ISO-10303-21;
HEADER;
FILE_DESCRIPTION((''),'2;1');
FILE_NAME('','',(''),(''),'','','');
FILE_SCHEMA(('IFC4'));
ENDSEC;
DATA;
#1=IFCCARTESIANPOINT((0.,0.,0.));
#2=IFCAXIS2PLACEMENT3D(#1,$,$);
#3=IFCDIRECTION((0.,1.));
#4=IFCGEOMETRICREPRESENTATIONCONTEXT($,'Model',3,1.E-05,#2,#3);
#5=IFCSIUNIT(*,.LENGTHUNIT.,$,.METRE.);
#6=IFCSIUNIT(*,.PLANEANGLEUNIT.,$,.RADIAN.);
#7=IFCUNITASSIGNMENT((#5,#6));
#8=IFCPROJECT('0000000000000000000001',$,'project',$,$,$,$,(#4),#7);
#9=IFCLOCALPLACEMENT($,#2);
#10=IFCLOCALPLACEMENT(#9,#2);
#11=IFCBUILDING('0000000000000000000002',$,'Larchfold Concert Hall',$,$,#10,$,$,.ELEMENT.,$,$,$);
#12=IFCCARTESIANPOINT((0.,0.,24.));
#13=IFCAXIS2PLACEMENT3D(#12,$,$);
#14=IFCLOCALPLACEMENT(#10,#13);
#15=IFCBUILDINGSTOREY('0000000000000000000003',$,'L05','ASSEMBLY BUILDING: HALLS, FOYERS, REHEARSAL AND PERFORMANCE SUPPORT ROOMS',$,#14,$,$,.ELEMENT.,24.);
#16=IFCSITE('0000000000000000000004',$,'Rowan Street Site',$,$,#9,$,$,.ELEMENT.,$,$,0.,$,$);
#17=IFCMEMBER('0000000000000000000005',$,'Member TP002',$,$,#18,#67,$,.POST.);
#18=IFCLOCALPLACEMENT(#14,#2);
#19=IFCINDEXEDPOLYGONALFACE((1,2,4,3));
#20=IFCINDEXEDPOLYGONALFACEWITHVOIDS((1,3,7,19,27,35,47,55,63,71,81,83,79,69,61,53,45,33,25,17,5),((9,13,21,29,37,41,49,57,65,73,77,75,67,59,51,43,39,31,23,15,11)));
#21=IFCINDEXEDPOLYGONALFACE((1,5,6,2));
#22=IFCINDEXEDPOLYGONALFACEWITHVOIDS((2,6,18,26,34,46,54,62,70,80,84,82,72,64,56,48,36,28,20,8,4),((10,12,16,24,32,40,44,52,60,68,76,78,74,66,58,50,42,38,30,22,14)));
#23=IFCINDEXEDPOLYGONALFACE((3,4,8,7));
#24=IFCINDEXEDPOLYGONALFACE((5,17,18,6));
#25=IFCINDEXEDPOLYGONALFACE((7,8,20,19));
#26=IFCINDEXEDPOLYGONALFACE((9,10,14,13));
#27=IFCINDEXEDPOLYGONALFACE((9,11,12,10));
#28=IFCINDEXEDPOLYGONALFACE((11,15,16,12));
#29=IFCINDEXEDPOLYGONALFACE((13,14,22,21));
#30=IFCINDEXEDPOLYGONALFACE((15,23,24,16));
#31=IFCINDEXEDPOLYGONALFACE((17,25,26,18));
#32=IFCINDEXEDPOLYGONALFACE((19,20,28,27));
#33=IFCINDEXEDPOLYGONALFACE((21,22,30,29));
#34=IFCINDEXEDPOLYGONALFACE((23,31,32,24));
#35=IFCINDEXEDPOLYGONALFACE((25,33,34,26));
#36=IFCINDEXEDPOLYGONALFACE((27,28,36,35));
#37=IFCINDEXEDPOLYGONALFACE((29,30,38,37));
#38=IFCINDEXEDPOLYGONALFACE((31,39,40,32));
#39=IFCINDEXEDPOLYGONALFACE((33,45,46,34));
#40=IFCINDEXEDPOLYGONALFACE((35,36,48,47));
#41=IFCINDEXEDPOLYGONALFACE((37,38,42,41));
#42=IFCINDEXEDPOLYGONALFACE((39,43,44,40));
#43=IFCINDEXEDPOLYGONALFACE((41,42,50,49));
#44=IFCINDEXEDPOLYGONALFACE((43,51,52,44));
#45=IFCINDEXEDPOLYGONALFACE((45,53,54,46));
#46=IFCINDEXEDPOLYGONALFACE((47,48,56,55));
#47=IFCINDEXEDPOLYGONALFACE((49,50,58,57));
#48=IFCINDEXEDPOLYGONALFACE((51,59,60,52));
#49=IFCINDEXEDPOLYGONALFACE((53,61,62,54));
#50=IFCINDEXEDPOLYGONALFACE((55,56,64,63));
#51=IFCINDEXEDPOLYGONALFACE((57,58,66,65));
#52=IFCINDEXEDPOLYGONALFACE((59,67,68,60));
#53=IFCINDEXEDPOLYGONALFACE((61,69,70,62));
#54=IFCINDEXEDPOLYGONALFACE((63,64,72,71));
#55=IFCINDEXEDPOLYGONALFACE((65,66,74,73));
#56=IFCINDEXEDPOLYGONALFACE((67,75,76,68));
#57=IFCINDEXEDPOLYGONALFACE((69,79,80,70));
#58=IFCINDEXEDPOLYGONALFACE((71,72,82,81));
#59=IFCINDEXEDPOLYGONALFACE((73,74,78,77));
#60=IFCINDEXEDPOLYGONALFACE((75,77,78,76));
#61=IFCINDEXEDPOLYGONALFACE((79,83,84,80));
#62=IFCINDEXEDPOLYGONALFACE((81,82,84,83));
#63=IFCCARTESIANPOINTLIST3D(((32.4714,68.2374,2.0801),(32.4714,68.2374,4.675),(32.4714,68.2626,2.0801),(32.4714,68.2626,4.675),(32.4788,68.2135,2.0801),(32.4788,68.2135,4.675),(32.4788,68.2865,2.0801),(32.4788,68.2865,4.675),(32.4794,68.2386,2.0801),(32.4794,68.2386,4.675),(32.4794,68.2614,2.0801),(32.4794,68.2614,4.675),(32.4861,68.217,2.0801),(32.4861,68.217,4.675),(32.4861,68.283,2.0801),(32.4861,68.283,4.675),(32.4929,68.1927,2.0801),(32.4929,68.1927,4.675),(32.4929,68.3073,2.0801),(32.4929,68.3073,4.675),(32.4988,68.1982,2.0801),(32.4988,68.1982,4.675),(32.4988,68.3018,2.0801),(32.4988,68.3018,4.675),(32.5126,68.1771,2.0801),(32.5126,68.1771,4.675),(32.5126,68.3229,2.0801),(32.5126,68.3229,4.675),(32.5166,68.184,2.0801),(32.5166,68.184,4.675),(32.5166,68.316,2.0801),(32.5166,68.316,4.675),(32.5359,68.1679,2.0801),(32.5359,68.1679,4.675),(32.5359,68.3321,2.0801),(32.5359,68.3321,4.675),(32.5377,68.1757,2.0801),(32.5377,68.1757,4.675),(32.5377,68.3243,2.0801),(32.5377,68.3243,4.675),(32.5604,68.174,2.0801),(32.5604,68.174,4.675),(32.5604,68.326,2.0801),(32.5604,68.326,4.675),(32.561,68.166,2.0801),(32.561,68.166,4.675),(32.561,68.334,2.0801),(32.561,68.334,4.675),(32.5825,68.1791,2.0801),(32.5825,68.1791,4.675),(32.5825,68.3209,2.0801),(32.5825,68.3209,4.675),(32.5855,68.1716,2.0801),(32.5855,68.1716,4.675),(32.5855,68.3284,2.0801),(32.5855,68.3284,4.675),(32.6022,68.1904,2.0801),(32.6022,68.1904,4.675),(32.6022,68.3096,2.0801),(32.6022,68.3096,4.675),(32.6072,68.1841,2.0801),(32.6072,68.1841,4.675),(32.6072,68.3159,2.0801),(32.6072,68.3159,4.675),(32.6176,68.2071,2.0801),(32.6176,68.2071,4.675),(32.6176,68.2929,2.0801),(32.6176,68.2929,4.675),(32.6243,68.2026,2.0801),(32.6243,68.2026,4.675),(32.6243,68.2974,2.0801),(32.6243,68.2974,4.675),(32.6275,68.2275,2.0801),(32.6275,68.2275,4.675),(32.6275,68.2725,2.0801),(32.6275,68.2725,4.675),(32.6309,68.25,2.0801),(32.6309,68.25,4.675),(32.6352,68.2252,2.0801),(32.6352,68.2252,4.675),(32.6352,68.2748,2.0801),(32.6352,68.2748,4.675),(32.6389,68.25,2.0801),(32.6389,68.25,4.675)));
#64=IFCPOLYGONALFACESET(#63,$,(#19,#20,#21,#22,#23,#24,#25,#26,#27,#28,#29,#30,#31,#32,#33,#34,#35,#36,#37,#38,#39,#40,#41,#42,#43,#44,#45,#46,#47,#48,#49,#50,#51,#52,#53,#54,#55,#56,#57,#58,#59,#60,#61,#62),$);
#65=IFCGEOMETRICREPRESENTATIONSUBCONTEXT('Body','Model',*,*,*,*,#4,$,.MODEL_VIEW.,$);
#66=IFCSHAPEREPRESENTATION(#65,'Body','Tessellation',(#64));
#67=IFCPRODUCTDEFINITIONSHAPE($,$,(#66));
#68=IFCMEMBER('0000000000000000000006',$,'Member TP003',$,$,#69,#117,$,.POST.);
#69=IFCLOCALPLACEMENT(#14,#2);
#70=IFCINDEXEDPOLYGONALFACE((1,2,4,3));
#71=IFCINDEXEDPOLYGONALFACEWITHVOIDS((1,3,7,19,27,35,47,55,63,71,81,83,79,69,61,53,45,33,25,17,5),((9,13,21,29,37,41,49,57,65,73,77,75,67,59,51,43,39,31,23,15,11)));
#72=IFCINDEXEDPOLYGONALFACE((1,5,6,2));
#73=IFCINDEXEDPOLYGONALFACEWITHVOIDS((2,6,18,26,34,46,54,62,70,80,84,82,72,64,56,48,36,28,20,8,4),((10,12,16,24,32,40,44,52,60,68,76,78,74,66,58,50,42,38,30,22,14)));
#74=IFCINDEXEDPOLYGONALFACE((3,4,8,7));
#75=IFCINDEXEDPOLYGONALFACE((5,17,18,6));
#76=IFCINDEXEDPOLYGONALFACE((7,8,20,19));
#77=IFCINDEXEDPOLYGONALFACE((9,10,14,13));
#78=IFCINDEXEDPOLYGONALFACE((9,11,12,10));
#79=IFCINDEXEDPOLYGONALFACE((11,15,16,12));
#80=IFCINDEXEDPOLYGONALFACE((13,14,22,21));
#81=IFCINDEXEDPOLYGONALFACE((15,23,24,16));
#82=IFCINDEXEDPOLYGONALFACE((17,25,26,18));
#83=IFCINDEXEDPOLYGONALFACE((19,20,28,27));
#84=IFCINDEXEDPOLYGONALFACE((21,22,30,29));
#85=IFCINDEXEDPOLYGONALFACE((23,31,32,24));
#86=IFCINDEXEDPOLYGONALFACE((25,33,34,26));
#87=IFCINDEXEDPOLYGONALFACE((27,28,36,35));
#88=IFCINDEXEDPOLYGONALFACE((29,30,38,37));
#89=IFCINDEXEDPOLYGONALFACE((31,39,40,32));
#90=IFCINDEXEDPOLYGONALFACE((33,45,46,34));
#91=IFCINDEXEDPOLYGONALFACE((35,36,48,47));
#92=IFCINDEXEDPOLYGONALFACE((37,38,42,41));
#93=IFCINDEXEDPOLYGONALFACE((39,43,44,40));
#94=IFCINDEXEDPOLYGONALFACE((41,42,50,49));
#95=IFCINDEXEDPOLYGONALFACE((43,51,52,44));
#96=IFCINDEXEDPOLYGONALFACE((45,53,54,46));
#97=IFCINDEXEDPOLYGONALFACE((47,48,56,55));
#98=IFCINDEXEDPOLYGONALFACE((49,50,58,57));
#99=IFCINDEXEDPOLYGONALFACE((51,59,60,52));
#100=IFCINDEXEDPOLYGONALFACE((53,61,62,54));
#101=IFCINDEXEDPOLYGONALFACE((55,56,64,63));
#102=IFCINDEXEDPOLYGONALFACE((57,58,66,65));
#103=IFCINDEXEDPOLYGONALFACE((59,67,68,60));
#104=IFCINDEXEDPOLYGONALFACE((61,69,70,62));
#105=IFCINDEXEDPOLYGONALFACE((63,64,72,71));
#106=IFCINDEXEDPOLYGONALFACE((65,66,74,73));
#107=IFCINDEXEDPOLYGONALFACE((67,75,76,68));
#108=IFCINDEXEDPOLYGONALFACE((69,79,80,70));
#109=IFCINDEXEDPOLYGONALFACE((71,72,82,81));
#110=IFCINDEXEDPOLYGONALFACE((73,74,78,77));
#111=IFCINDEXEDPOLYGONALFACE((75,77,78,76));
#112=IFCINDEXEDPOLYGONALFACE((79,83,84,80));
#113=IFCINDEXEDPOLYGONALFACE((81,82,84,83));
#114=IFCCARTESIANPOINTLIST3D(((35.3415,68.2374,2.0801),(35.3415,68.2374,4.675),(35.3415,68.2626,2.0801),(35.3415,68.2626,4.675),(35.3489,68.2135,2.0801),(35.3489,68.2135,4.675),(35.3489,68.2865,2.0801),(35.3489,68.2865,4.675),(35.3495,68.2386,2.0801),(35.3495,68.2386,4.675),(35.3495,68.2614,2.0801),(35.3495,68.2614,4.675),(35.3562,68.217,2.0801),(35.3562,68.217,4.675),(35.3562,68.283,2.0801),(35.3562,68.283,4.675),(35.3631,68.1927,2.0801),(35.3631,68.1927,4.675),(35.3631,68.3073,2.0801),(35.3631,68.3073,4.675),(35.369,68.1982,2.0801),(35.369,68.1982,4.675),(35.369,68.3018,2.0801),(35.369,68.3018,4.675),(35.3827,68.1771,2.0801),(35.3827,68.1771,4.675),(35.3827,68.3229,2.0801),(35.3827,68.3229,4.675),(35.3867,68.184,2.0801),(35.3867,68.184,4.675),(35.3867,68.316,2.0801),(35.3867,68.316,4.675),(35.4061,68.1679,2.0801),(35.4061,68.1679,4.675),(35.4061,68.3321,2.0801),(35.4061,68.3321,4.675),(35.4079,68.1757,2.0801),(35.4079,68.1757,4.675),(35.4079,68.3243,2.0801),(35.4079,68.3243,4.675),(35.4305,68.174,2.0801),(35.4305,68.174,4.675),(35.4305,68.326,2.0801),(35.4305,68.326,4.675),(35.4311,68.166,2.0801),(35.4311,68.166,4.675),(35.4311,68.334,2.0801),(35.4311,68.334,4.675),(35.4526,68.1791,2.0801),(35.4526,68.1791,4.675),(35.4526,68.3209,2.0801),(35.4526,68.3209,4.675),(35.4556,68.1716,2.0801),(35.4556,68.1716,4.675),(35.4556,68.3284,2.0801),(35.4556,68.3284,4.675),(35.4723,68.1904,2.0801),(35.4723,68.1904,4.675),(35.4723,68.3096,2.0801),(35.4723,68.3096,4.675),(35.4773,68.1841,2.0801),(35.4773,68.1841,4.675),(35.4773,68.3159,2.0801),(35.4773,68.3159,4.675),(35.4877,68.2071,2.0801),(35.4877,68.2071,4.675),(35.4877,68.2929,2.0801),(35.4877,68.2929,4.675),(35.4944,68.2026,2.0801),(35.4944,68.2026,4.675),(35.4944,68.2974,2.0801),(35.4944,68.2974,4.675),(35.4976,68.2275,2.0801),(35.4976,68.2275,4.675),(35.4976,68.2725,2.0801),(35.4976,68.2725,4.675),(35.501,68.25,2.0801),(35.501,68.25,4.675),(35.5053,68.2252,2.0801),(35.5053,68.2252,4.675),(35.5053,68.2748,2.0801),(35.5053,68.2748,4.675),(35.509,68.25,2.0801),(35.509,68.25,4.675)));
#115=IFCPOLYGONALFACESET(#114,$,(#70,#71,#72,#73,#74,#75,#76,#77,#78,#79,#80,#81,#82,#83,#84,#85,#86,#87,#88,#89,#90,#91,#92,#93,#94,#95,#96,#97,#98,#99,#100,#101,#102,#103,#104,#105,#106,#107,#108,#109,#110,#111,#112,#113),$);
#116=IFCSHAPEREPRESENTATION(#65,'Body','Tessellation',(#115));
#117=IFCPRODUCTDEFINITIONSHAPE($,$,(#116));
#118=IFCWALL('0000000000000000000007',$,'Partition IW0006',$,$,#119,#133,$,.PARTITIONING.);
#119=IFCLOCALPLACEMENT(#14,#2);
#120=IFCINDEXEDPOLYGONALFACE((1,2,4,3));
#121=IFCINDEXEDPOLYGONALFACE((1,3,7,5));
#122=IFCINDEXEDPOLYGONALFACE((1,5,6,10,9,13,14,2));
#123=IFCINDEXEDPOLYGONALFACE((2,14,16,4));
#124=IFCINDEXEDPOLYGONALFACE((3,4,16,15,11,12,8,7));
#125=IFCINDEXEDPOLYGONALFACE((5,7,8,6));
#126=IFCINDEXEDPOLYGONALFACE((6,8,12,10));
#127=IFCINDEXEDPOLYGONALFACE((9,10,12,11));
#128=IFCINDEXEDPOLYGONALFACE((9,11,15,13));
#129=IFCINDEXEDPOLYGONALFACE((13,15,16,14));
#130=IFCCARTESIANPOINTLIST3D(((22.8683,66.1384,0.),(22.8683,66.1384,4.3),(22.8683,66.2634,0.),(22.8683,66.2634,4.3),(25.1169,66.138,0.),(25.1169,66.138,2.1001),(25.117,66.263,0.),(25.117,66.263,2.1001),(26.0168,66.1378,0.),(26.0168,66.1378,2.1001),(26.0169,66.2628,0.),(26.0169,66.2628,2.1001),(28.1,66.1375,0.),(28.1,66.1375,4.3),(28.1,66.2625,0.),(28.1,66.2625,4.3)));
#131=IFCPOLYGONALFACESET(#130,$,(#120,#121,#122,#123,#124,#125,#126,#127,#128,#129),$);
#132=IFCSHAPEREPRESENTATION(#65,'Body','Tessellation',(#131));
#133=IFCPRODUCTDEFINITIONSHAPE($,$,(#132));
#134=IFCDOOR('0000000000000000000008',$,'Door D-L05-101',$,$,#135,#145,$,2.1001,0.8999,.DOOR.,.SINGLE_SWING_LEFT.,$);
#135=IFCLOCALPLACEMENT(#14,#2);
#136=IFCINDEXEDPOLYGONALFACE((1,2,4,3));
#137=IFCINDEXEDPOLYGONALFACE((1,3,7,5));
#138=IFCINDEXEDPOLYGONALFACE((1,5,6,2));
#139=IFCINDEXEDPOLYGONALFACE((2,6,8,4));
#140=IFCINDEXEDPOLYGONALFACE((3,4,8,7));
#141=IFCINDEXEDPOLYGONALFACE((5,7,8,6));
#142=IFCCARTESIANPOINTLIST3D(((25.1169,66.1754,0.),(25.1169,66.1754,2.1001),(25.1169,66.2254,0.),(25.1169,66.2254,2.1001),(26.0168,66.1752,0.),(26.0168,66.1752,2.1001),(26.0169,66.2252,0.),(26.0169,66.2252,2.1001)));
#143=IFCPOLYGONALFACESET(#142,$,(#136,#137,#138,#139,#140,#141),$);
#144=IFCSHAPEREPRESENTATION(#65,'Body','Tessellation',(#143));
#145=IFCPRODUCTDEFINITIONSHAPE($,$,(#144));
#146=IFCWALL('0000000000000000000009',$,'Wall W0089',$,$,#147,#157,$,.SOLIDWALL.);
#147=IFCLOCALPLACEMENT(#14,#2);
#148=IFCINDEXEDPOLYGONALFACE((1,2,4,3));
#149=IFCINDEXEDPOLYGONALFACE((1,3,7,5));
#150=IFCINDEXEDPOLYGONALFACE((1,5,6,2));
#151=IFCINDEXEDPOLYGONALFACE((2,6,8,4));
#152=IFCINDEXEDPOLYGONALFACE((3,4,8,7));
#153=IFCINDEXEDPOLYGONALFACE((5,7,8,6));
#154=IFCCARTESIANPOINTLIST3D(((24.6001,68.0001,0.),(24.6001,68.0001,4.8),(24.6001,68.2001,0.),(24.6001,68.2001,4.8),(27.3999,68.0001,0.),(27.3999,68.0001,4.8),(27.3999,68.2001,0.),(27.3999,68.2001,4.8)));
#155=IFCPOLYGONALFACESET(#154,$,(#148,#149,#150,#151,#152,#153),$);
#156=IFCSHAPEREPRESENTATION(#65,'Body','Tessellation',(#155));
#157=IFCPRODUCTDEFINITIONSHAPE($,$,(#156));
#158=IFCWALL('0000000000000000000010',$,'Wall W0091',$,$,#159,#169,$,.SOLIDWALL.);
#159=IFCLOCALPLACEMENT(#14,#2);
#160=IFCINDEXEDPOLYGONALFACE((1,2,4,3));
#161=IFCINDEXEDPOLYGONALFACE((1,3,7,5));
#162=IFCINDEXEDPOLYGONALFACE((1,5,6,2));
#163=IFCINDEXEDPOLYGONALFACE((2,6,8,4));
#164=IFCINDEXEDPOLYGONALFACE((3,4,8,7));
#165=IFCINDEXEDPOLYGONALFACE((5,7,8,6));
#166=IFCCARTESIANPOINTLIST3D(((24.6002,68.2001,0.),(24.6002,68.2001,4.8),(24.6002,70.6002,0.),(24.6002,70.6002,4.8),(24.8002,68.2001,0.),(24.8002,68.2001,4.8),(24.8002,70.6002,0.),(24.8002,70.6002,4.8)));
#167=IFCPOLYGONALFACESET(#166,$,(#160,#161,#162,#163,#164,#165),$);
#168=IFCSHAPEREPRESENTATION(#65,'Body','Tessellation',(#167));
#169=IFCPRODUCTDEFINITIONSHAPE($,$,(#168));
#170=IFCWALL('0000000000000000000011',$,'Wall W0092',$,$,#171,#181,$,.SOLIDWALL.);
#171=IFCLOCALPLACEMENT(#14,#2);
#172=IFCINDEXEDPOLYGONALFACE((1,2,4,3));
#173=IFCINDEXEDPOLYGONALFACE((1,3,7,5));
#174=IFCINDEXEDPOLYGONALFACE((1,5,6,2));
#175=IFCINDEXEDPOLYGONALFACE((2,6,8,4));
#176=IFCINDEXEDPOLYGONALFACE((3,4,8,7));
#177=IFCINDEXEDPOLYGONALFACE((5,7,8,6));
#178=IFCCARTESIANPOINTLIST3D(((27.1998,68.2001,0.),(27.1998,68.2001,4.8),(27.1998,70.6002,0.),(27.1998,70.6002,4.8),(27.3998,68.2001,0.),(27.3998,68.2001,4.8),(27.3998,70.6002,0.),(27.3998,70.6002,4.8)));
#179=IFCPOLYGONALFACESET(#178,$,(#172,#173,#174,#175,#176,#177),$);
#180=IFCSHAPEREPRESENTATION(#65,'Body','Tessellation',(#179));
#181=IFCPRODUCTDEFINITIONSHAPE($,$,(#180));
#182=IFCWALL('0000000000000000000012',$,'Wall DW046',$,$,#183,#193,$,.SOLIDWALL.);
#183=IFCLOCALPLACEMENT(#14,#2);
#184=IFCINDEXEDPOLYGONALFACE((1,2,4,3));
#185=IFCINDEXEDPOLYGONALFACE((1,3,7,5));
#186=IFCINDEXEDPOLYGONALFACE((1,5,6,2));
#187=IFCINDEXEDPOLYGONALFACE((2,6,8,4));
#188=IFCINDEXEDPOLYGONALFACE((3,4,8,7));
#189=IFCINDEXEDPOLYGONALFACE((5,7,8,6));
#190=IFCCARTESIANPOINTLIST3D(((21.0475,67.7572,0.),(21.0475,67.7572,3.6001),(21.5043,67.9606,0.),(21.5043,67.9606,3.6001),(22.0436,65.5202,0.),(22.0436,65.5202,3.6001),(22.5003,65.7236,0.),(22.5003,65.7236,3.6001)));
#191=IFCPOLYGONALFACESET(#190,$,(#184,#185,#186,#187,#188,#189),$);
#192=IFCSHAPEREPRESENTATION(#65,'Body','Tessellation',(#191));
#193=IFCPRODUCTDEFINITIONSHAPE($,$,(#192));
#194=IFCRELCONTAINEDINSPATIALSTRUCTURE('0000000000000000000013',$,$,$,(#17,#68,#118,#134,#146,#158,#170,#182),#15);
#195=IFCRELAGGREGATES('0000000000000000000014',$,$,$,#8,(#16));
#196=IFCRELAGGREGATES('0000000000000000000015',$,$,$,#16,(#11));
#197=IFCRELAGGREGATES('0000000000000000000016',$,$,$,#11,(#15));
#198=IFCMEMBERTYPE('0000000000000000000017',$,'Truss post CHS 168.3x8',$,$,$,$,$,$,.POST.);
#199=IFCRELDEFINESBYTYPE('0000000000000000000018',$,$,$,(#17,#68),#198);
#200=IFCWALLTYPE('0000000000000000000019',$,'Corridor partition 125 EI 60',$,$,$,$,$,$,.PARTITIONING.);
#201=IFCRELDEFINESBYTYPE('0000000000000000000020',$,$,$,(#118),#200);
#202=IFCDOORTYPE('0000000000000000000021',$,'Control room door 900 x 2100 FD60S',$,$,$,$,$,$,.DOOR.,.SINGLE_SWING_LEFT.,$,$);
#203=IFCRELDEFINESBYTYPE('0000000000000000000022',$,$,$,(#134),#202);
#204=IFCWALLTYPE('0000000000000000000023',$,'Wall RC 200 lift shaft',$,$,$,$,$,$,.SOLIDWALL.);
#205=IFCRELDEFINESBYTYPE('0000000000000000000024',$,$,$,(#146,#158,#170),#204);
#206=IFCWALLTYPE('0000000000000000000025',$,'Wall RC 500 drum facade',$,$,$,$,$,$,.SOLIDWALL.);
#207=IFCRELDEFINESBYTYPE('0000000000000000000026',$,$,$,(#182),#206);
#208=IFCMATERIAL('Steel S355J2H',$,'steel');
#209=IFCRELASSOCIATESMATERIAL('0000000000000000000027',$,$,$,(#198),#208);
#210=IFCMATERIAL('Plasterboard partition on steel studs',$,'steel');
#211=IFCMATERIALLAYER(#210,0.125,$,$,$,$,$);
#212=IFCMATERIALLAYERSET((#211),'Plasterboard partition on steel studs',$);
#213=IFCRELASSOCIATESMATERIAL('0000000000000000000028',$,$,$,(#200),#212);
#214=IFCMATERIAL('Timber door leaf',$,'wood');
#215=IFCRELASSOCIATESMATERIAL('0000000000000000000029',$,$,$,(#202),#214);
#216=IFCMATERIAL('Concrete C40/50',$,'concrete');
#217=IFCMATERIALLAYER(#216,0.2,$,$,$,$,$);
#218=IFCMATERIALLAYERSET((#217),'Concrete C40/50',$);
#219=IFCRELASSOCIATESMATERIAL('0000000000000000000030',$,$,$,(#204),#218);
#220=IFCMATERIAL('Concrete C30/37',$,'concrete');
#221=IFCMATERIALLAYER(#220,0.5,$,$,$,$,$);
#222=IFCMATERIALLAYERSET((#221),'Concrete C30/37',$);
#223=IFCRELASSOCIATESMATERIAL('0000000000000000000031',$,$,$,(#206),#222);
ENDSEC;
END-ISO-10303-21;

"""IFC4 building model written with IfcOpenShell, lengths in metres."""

from ifc_helpers import new_model, si_unit, direction, frame, frame_2d, origin, origin_2d, place, context, subcontext, project, spatial, rectangle, hollow_circle, extrude, material, layer, layer_set, material_profile, profile_set, type_object, element, fill, save


model = new_model("IFC4")

# Units and contexts
model_context = context("Model", 3, precision=1e-05, world=origin(), true_north=direction((0.0, 1.0)))
body_context = subcontext(model_context, "Body", "Model", "MODEL_VIEW")
ifc_project = project(units=[si_unit("LENGTHUNIT", "METRE"), si_unit("PLANEANGLEUNIT", "RADIAN")], contexts=[model_context])

# Site, building, storey
site_placement = place(None, origin())
site = spatial("IfcSite", under=ifc_project, at=site_placement, Name="Rowan Street Site", CompositionType="ELEMENT", RefElevation=0.0)
building_placement = place(site_placement, origin())
building = spatial("IfcBuilding", under=site, at=building_placement, Name="Larchfold Concert Hall", CompositionType="ELEMENT")
storey_placement = place(building_placement, frame((0.0, 0.0, 24.0)))
storey = spatial("IfcBuildingStorey", under=building, at=storey_placement, Name="L05", Description="ASSEMBLY BUILDING: HALLS, FOYERS, REHEARSAL AND PERFORMANCE SUPPORT ROOMS", CompositionType="ELEMENT", Elevation=24.0)

# Members
ifc_material_1 = material(Name="Steel S355J2H", Category="steel")
ifc_material_profile_1 = material_profile(ifc_material_1, hollow_circle(Radius=0.0842, WallThickness=0.0081, at=origin_2d()))
ifc_profile_set_1 = profile_set([ifc_material_profile_1], Name="Steel S355J2H")
member_type = type_object("IfcMemberType", Name="Truss post CHS 168.3x8", PredefinedType="POST", material=ifc_profile_set_1)
for number, where, z_axis, x_axis, name in (
    (1, (32.5547, 68.25, 2.0801), (0.0, 0.0, 1.0), (1.0, 0.0, 0.0), "Member TP002"),
    (2, (35.4248, 68.25, 2.0801), (0.0, 0.0, 1.0), (1.0, 0.0, 0.0), "Member TP003"),
):
    element("IfcMember", number, at=place(storey_placement, frame(where, z_axis=z_axis, x_axis=x_axis)), inside=storey, type_object=member_type, Name=name, PredefinedType="POST", context=body_context, shape_type="SweptSolid", body=[
        extrude(hollow_circle(Radius=0.0842, WallThickness=0.0081, at=origin_2d()), origin(), (0.0, 0.0, 1.0), 2.595),
    ])

# Wall, opening, door
ifc_material_2 = material(Name="Plasterboard partition on steel studs", Category="steel")
ifc_layer_1 = layer(ifc_material_2, 0.125)
ifc_layer_set_1 = layer_set([ifc_layer_1], Name="Plasterboard partition on steel studs")
wall_type_1 = type_object("IfcWallType", Name="Corridor partition 125 EI 60", PredefinedType="PARTITIONING", material=ifc_layer_set_1)
wall_1_placement = place(storey_placement, frame((22.8684, 66.2009, 0.0), z_axis=(0.0, 0.0, 1.0), x_axis=(1.0, -0.000187, 0.0)))
wall_1 = element("IfcWall", 3, at=wall_1_placement, inside=storey, type_object=wall_type_1, Name="Partition IW0006", PredefinedType="PARTITIONING", context=body_context, shape_type="SweptSolid", body=[
    extrude(rectangle(XDim=5.2317, YDim=0.125, at=frame_2d((2.6157, 0.0))), origin(), (0.0, 0.0, 1.0), 4.3),
])
opening_placement = place(wall_1_placement, frame((2.2485, 0.0, 0.0)))
opening = element("IfcOpeningElement", 4, at=opening_placement, cuts=wall_1, PredefinedType="OPENING", context=body_context, shape_type="SweptSolid", body=[
    extrude(rectangle(XDim=0.8999, YDim=2.1001, at=frame_2d((0.45, 1.05))), frame((0.0, 0.0725, 0.0), z_axis=(0.0, -1.0, 0.0), x_axis=(1.0, 0.0, 0.0)), (0.0, 0.0, 1.0), 0.145),
])
ifc_material_3 = material(Name="Timber door leaf", Category="wood")
door_type = type_object("IfcDoorType", Name="Control room door 900 x 2100 FD60S", OperationType="SINGLE_SWING_LEFT", PredefinedType="DOOR", material=ifc_material_3)
door_placement = place(opening_placement, origin())
door = element("IfcDoor", 5, at=door_placement, inside=storey, type_object=door_type, Name="Door D-L05-101", OperationType="SINGLE_SWING_LEFT", OverallHeight=2.1001, OverallWidth=0.8999, PredefinedType="DOOR", context=body_context, shape_type="SweptSolid", body=[
    extrude(rectangle(XDim=0.8999, YDim=2.1001, at=frame_2d((0.45, 1.05))), frame((0.0, 0.0249, 0.0), z_axis=(0.0, -1.0, 0.0), x_axis=(1.0, 0.0, 0.0)), (0.0, 0.0, 1.0), 0.05),
])
fill(opening, door)

# Walls
ifc_material_4 = material(Name="Concrete C40/50", Category="concrete")
ifc_layer_2 = layer(ifc_material_4, 0.2)
ifc_layer_set_2 = layer_set([ifc_layer_2], Name="Concrete C40/50")
wall_type_2 = type_object("IfcWallType", Name="Wall RC 200 lift shaft", PredefinedType="SOLIDWALL", material=ifc_layer_set_2)
wall_2_placement = place(storey_placement, frame((24.6001, 68.1001, 0.0), z_axis=(0.0, 0.0, 1.0), x_axis=(1.0, 0.0, 0.0)))
element("IfcWall", 6, at=wall_2_placement, inside=storey, type_object=wall_type_2, Name="Wall W0089", PredefinedType="SOLIDWALL", context=body_context, shape_type="SweptSolid", body=[
    extrude(rectangle(XDim=2.7998, YDim=0.2, at=frame_2d((1.3999, 0.0))), origin(), (0.0, 0.0, 1.0), 4.8),
])
for number, where, z_axis, x_axis, name in (
    (7, (24.7002, 68.2, 0.0), (0.0, 0.0, 1.0), (0.0, 1.0, 0.0), "Wall W0091"),
    (8, (27.2998, 68.2, 0.0), (0.0, 0.0, 1.0), (0.0, 1.0, 0.0), "Wall W0092"),
):
    element("IfcWall", number, at=place(storey_placement, frame(where, z_axis=z_axis, x_axis=x_axis)), inside=storey, type_object=wall_type_2, Name=name, PredefinedType="SOLIDWALL", context=body_context, shape_type="SweptSolid", body=[
        extrude(rectangle(XDim=2.4001, YDim=0.2, at=frame_2d((1.2002, 0.0))), origin(), (0.0, 0.0, 1.0), 4.8),
    ])
ifc_material_5 = material(Name="Concrete C30/37", Category="concrete")
ifc_layer_3 = layer(ifc_material_5, 0.5)
ifc_layer_set_3 = layer_set([ifc_layer_3], Name="Concrete C30/37")
wall_type_3 = type_object("IfcWallType", Name="Wall RC 500 drum facade", PredefinedType="SOLIDWALL", material=ifc_layer_set_3)
wall_3_placement = place(storey_placement, frame((21.2759, 67.8589, 0.0), z_axis=(0.0, 0.0, 1.0), x_axis=(0.406767, -0.913532, 0.0)))
element("IfcWall", 9, at=wall_3_placement, inside=storey, type_object=wall_type_3, Name="Wall DW046", PredefinedType="SOLIDWALL", context=body_context, shape_type="SweptSolid", body=[
    extrude(rectangle(XDim=2.4487, YDim=0.5, at=frame_2d((1.2244, 0.0))), origin(), (0.0, 0.0, 1.0), 3.6001),
])

save(model, "model.ifc")
